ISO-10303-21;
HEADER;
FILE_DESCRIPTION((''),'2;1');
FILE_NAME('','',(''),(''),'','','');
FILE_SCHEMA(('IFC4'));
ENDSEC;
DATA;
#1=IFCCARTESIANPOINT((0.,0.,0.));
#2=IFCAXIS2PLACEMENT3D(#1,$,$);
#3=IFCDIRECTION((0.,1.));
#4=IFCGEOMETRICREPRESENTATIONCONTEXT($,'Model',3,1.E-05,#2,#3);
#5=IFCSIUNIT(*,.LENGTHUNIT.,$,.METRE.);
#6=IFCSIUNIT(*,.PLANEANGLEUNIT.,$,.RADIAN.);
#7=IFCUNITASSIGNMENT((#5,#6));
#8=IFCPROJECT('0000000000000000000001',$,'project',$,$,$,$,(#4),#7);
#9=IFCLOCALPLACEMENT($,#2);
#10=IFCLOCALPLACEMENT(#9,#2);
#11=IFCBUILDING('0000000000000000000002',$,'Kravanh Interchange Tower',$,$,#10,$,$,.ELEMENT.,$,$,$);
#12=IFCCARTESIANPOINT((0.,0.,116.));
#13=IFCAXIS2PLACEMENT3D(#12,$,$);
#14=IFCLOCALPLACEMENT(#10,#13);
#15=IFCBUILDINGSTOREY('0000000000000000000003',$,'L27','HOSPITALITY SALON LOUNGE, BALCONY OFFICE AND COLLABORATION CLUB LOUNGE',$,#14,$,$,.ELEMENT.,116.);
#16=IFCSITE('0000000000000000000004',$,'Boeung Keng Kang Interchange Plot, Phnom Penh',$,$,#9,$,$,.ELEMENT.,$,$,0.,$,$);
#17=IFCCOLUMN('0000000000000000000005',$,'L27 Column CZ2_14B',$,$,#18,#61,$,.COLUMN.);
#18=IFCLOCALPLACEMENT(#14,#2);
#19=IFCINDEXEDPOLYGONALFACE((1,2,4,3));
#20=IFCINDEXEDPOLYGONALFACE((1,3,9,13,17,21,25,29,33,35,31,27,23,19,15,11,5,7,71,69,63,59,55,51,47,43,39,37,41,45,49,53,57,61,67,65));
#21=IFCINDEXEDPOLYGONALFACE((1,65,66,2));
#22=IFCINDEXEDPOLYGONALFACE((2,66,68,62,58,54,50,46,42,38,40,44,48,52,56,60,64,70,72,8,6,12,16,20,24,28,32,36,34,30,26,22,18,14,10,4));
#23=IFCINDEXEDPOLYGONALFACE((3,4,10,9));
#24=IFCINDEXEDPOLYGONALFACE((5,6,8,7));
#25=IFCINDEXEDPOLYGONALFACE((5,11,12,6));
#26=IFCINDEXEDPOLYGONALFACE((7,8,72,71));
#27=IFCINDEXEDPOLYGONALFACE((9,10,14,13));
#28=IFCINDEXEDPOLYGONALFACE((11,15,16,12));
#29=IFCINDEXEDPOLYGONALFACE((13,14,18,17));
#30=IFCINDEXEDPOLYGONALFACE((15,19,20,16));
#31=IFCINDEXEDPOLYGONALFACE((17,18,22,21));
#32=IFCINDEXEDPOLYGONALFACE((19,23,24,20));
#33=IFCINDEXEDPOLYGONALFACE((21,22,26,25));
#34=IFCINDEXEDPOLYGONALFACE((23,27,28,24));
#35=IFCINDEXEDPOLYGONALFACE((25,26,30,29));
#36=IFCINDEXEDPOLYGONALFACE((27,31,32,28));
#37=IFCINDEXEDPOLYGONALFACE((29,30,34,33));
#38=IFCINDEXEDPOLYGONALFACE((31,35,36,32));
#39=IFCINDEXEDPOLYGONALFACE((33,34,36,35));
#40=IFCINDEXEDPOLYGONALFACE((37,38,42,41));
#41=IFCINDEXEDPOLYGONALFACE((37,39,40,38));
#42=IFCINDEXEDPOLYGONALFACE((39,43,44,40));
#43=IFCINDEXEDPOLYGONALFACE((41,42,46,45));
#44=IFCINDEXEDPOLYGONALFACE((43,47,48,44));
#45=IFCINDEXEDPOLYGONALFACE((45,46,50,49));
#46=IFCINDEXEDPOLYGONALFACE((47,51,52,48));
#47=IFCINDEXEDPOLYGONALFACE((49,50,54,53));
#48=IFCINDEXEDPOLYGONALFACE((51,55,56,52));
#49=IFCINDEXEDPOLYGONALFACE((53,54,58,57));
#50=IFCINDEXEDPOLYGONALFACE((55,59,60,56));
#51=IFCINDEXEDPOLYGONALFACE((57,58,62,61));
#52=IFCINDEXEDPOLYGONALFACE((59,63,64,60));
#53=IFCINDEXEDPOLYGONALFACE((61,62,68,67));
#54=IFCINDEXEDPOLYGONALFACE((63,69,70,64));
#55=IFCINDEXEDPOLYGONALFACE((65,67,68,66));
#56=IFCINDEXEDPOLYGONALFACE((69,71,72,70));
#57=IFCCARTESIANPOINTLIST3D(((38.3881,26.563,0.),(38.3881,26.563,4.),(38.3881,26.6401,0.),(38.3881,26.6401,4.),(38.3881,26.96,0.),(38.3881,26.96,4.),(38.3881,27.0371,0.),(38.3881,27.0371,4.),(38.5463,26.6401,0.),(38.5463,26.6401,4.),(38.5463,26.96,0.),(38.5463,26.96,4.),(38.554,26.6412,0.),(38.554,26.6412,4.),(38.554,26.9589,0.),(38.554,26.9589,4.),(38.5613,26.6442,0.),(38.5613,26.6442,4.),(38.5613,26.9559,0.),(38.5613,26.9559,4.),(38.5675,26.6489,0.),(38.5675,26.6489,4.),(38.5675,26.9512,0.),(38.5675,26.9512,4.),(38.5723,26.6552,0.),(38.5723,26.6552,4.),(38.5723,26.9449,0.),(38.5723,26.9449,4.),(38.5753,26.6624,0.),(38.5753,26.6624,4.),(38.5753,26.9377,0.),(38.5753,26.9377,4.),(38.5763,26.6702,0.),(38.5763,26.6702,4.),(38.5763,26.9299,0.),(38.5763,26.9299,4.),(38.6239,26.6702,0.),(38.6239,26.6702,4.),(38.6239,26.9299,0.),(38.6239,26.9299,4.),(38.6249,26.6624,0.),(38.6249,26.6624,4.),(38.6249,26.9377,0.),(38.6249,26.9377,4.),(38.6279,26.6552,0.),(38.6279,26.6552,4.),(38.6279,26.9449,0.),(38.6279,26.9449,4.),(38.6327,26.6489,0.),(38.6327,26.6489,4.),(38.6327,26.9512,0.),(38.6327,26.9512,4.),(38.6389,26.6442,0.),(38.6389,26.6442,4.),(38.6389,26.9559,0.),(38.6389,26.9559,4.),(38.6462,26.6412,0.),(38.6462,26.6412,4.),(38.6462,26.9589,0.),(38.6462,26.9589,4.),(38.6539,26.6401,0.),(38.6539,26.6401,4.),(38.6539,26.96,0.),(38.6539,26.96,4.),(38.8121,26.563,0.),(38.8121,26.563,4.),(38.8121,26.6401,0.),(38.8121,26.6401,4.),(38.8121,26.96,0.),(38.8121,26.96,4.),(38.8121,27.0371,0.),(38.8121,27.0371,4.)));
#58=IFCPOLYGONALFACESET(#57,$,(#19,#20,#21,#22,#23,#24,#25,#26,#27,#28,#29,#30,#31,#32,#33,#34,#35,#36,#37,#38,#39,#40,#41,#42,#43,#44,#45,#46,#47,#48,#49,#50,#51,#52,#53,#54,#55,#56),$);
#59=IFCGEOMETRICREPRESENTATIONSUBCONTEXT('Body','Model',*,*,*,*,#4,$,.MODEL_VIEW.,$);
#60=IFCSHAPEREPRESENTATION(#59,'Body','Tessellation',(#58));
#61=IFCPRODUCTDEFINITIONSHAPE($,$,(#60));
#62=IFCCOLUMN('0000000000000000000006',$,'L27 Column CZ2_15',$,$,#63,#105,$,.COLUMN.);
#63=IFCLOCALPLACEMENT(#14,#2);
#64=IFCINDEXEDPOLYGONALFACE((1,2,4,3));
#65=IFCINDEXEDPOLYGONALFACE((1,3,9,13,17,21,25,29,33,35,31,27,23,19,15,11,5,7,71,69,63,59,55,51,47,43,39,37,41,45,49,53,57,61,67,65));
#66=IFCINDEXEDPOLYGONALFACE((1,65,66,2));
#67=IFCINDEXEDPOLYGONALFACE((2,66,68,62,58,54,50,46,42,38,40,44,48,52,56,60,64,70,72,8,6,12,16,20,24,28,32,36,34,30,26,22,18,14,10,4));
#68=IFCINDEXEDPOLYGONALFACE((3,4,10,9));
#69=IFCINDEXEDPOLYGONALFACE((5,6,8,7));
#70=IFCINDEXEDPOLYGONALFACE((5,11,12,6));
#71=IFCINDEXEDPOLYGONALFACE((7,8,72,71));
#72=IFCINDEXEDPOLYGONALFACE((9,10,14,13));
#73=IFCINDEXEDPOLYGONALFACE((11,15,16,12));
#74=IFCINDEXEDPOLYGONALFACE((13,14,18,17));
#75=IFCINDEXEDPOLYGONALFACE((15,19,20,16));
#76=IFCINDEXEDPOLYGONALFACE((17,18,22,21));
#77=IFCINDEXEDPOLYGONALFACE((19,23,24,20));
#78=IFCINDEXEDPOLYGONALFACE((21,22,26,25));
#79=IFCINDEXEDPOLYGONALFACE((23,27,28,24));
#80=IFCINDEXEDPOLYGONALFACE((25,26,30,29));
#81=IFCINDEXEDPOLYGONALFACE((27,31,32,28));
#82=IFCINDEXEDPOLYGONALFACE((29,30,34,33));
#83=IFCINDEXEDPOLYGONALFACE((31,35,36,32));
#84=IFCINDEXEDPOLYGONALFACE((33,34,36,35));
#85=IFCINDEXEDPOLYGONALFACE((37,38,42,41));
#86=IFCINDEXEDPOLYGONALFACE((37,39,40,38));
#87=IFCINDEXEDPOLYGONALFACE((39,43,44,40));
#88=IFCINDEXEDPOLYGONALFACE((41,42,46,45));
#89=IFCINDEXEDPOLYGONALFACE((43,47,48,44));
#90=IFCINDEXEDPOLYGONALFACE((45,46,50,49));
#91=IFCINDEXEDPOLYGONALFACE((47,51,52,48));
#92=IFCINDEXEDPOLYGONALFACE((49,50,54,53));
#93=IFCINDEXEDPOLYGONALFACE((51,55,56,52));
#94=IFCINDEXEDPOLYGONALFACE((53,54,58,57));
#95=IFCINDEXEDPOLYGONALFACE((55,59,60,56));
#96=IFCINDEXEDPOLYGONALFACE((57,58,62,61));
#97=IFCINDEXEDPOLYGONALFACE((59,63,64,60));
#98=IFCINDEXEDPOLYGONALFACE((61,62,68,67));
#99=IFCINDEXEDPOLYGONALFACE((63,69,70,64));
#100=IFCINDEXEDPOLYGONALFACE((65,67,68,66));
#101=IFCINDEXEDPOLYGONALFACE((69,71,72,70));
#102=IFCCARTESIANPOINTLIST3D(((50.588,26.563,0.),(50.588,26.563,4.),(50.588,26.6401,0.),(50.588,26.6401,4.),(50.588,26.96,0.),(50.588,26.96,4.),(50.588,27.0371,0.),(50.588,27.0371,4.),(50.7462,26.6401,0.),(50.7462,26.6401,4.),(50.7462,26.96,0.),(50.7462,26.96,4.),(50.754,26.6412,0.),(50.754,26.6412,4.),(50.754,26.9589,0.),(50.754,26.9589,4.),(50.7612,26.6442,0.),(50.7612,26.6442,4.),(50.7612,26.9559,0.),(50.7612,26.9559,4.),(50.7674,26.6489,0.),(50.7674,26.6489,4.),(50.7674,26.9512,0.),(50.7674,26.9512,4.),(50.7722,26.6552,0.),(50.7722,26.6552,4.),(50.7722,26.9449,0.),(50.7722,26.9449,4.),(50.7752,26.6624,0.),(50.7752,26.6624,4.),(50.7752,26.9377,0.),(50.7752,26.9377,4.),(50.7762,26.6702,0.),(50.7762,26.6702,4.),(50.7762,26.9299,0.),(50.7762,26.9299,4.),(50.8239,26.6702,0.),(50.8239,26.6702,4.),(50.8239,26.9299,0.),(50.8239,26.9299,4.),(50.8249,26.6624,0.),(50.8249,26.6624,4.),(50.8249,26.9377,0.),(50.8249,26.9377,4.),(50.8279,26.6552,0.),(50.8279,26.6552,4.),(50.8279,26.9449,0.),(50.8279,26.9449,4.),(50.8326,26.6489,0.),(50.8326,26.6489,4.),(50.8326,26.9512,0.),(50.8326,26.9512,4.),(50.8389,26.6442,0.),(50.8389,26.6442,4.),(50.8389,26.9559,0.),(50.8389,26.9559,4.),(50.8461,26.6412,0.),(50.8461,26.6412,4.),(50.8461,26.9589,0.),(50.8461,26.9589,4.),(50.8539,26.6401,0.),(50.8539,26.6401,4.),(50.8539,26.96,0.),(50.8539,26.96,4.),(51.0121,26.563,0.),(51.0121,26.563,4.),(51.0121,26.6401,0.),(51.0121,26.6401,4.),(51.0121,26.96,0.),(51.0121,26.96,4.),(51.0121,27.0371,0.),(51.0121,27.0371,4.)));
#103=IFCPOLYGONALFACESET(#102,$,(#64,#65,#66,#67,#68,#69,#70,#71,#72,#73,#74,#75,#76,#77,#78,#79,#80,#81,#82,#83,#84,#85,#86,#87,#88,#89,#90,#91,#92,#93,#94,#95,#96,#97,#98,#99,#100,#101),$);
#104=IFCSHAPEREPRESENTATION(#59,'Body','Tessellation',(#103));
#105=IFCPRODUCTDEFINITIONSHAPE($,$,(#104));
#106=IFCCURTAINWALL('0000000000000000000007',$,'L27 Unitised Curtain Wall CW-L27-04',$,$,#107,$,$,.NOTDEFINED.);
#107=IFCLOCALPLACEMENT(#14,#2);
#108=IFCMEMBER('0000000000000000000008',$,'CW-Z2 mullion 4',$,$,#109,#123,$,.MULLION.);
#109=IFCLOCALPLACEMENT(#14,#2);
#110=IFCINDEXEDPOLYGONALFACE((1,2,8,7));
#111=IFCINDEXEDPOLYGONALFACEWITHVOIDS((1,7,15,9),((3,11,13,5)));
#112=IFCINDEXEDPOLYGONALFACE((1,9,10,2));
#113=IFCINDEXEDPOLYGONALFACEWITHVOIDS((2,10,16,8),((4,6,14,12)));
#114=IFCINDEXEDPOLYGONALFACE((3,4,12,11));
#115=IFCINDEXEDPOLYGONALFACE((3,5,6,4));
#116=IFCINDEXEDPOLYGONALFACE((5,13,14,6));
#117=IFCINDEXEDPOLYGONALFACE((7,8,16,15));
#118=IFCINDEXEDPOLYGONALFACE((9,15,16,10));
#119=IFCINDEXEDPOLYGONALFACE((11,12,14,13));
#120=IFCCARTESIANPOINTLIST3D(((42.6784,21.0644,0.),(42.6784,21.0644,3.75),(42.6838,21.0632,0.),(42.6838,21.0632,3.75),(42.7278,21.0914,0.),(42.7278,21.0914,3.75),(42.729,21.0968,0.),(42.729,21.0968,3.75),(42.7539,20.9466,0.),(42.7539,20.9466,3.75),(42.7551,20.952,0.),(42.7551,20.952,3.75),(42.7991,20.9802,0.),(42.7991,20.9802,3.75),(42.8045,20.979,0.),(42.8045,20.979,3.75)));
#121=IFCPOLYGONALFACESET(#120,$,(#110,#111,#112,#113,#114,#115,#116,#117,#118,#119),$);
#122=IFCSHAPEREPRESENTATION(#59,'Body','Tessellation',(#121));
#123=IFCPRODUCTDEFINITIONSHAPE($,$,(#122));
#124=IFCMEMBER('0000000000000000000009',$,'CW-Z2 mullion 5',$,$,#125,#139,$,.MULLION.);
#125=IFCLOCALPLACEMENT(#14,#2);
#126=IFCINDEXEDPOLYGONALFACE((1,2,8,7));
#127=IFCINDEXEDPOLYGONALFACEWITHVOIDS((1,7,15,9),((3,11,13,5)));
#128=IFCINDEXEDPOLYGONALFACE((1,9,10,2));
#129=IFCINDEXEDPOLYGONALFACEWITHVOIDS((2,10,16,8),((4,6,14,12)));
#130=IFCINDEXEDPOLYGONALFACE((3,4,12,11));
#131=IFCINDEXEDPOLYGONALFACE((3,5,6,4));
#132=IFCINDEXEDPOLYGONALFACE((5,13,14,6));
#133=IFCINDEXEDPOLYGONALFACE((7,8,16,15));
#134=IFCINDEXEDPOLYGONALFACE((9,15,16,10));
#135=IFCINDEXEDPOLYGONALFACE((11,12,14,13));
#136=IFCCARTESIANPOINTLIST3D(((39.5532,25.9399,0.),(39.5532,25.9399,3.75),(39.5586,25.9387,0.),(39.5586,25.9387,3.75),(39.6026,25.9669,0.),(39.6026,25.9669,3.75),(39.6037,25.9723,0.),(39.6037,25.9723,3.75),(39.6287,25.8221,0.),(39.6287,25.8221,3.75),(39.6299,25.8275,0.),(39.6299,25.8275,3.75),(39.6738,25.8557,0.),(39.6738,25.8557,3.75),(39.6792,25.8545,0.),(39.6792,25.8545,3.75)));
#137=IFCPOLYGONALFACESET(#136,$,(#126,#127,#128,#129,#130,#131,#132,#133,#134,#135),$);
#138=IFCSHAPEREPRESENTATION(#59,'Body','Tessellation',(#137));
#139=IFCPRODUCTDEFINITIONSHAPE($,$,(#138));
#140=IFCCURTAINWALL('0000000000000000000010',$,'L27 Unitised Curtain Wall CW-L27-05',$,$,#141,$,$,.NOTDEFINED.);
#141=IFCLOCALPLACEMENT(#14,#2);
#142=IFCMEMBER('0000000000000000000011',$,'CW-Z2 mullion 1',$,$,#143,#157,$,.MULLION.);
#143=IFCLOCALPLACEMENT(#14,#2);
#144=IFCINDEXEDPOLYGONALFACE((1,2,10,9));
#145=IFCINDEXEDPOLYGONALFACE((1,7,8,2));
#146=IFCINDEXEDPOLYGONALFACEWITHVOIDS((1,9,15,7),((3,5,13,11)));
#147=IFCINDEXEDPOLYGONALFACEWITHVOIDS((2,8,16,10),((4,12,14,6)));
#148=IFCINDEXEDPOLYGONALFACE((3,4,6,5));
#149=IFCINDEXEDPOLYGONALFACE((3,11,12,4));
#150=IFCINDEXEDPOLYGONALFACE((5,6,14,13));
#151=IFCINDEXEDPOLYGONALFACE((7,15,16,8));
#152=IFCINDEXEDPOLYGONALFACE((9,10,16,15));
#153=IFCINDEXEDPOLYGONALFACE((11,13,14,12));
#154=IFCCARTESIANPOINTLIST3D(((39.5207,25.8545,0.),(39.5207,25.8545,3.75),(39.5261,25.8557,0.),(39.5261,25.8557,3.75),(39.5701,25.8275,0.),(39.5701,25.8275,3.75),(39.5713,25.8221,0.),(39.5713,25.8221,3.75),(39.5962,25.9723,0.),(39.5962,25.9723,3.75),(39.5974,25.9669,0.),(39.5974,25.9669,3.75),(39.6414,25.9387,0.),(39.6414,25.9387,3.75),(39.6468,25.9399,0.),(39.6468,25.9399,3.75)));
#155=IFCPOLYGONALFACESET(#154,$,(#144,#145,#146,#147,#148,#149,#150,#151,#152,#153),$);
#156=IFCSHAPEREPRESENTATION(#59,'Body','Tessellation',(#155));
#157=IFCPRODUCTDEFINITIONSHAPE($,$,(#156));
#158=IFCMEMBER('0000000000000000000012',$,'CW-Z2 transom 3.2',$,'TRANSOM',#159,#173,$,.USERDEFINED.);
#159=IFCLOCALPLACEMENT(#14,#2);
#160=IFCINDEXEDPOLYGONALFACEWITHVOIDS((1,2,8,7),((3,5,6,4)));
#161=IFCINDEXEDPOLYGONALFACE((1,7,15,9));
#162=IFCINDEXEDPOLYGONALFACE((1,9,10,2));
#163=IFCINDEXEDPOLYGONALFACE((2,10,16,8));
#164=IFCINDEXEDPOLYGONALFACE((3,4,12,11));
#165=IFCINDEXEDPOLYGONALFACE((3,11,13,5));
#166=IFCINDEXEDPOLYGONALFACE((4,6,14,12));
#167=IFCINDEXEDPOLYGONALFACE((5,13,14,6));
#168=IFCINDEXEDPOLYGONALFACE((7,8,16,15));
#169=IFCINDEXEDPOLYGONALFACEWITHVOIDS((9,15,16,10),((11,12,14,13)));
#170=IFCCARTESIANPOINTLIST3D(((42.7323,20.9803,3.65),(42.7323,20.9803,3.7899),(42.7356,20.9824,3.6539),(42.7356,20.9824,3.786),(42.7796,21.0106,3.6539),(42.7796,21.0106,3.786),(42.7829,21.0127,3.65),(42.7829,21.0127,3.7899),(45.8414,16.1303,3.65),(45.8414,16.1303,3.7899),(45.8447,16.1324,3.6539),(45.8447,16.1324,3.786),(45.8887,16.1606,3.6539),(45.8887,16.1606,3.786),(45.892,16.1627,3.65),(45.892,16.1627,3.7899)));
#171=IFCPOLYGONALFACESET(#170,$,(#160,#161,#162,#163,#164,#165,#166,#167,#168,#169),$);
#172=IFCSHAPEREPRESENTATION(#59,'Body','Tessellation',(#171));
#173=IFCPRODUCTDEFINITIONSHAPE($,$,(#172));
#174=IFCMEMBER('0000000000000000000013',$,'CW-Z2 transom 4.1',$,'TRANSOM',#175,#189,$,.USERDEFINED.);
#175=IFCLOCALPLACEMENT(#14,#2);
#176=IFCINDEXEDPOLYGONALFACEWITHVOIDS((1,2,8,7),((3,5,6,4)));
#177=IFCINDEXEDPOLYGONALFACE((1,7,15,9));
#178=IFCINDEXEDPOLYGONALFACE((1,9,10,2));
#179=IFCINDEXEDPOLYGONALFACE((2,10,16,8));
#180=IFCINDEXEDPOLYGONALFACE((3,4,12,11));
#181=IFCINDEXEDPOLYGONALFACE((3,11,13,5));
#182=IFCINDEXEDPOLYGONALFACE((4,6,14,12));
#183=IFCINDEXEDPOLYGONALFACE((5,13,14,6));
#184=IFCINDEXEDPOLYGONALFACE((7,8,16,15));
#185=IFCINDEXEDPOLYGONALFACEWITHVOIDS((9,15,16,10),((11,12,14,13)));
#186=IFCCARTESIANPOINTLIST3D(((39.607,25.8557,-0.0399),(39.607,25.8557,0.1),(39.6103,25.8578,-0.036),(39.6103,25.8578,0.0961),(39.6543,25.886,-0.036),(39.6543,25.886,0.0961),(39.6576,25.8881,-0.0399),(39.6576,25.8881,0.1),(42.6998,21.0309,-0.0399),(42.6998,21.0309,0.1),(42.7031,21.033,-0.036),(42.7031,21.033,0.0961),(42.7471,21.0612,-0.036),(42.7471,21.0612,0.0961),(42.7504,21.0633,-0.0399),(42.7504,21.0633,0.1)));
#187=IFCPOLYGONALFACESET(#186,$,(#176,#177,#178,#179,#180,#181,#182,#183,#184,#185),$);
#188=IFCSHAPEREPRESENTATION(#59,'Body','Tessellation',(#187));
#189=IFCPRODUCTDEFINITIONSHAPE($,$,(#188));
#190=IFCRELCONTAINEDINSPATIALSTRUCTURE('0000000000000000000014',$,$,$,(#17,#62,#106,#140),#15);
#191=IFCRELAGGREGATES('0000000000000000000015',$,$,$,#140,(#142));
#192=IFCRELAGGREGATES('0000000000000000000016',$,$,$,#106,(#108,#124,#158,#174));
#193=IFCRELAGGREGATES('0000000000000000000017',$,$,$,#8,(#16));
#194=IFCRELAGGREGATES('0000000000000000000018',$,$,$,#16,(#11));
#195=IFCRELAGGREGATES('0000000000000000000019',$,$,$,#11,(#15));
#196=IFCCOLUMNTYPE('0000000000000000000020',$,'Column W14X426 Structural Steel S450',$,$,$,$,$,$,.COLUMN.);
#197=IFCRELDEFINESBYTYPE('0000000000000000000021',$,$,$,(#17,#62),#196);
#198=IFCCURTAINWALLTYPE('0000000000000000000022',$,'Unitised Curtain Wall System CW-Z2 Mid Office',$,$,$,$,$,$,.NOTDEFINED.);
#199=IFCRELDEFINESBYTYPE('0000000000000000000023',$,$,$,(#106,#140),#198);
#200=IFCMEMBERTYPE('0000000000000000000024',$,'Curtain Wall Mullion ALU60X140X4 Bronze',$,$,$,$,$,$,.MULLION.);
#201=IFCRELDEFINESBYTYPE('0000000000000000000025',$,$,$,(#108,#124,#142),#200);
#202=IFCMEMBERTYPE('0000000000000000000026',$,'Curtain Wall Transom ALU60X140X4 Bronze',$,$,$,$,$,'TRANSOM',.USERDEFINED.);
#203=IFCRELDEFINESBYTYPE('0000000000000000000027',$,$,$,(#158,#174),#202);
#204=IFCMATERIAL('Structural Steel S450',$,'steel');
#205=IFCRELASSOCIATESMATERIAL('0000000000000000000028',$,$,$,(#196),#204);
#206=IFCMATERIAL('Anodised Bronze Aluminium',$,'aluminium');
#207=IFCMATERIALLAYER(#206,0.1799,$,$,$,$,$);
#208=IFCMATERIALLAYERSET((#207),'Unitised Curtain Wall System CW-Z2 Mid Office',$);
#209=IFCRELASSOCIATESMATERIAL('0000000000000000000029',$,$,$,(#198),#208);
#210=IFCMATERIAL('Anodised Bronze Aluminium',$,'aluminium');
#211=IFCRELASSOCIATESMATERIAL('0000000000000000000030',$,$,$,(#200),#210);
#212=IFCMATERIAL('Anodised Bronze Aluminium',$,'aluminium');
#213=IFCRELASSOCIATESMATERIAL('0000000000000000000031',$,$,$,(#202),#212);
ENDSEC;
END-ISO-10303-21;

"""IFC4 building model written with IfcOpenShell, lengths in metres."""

from ifc_helpers import new_model, si_unit, direction, frame, origin, origin_2d, place, context, subcontext, project, spatial, hollow_rectangle, i_section, extrude, material, layer, layer_set, material_profile, profile_set, type_object, element, aggregate, save


model = new_model("IFC4")

# Units and contexts
model_context = context("Model", 3, precision=1e-05, world=origin(), true_north=direction((0.0, 1.0)))
body_context = subcontext(model_context, "Body", "Model", "MODEL_VIEW")
ifc_project = project(units=[si_unit("LENGTHUNIT", "METRE"), si_unit("PLANEANGLEUNIT", "RADIAN")], contexts=[model_context])

# Site, building, storey
site_placement = place(None, origin())
site = spatial("IfcSite", under=ifc_project, at=site_placement, Name="Boeung Keng Kang Interchange Plot, Phnom Penh", CompositionType="ELEMENT", RefElevation=0.0)
building_placement = place(site_placement, origin())
building = spatial("IfcBuilding", under=site, at=building_placement, Name="Kravanh Interchange Tower", CompositionType="ELEMENT")
storey_placement = place(building_placement, frame((0.0, 0.0, 116.0)))
storey = spatial("IfcBuildingStorey", under=building, at=storey_placement, Name="L27", Description="HOSPITALITY SALON LOUNGE, BALCONY OFFICE AND COLLABORATION CLUB LOUNGE", CompositionType="ELEMENT", Elevation=116.0)

# Columns
ifc_material_1 = material(Name="Structural Steel S450", Category="steel")
ifc_material_profile_1 = material_profile(ifc_material_1, i_section(OverallWidth=0.4241, OverallDepth=0.4741, WebThickness=0.0476, FlangeThickness=0.0771, FilletRadius=0.03, at=origin_2d()), Name="W14X426")
ifc_profile_set_1 = profile_set([ifc_material_profile_1], Name="Structural Steel S450")
column_type = type_object("IfcColumnType", Name="Column W14X426 Structural Steel S450", PredefinedType="COLUMN", material=ifc_profile_set_1)
for number, where, z_axis, x_axis, name in (
    (1, (38.6001, 26.8, 0.0), (0.0, 0.0, 1.0), (1.0, 0.0, 0.0), "L27 Column CZ2_14B"),
    (2, (50.8, 26.8, 0.0), (0.0, 0.0, 1.0), (1.0, 0.0, 0.0), "L27 Column CZ2_15"),
):
    element("IfcColumn", number, at=place(storey_placement, frame(where, z_axis=z_axis, x_axis=x_axis)), inside=storey, type_object=column_type, Name=name, PredefinedType="COLUMN", context=body_context, shape_type="SweptSolid", body=[
        extrude(i_section(OverallWidth=0.4241, OverallDepth=0.4741, WebThickness=0.0476, FlangeThickness=0.0771, FilletRadius=0.03, at=origin_2d()), origin(), (0.0, 0.0, 1.0), 4.0),
    ])

# Curtain wall, members
ifc_material_2 = material(Name="Anodised Bronze Aluminium", Category="aluminium")
ifc_layer_1 = layer(ifc_material_2, 0.1799)
ifc_layer_set_1 = layer_set([ifc_layer_1], Name="Unitised Curtain Wall System CW-Z2 Mid Office")
curtain_wall_type = type_object("IfcCurtainWallType", Name="Unitised Curtain Wall System CW-Z2 Mid Office", PredefinedType="NOTDEFINED", material=ifc_layer_set_1)
curtain_wall_1_placement = place(storey_placement, origin())
curtain_wall_1 = element("IfcCurtainWall", 3, at=curtain_wall_1_placement, inside=storey, type_object=curtain_wall_type, Name="L27 Unitised Curtain Wall CW-L27-04", PredefinedType="NOTDEFINED")
ifc_material_3 = material(Name="Anodised Bronze Aluminium", Category="aluminium")
ifc_material_profile_2 = material_profile(ifc_material_3, hollow_rectangle(XDim=0.0601, YDim=0.1399, WallThickness=0.0039, at=origin_2d()), Name="ALU60X140X4")
ifc_profile_set_2 = profile_set([ifc_material_profile_2], Name="Anodised Bronze Aluminium")
member_type_1 = type_object("IfcMemberType", Name="Curtain Wall Mullion ALU60X140X4 Bronze", PredefinedType="MULLION", material=ifc_profile_set_2)
member_1_placement = place(storey_placement, frame((42.7415, 21.0217, 0.0), z_axis=(0.0, 0.0, 1.0), x_axis=(-0.84188, -0.539665, 0.0)))
member_1 = element("IfcMember", 4, at=member_1_placement, type_object=member_type_1, Name="CW-Z2 mullion 4", PredefinedType="MULLION", context=body_context, shape_type="SweptSolid", body=[
    extrude(hollow_rectangle(XDim=0.0601, YDim=0.1399, WallThickness=0.0039, at=origin_2d()), origin(), (0.0, 0.0, 1.0), 3.75),
])
member_2_placement = place(storey_placement, frame((39.6162, 25.8972, 0.0), z_axis=(0.0, 0.0, 1.0), x_axis=(-0.84188, -0.539665, 0.0)))
member_2 = element("IfcMember", 5, at=member_2_placement, type_object=member_type_1, Name="CW-Z2 mullion 5", PredefinedType="MULLION", context=body_context, shape_type="SweptSolid", body=[
    extrude(hollow_rectangle(XDim=0.0601, YDim=0.1399, WallThickness=0.0039, at=origin_2d()), origin(), (0.0, 0.0, 1.0), 3.75),
])

# Curtain wall, member
curtain_wall_2_placement = place(storey_placement, origin())
curtain_wall_2 = element("IfcCurtainWall", 6, at=curtain_wall_2_placement, inside=storey, type_object=curtain_wall_type, Name="L27 Unitised Curtain Wall CW-L27-05", PredefinedType="NOTDEFINED")
member_3_placement = place(storey_placement, frame((39.5837, 25.8972, 0.0), z_axis=(0.0, 0.0, 1.0), x_axis=(0.84188, -0.539665, 0.0)))
member_3 = element("IfcMember", 7, at=member_3_placement, type_object=member_type_1, Name="CW-Z2 mullion 1", PredefinedType="MULLION", context=body_context, shape_type="SweptSolid", body=[
    extrude(hollow_rectangle(XDim=0.0601, YDim=0.1399, WallThickness=0.0039, at=origin_2d()), origin(), (0.0, 0.0, 1.0), 3.75),
])

# Members
ifc_material_4 = material(Name="Anodised Bronze Aluminium", Category="aluminium")
ifc_material_profile_3 = material_profile(ifc_material_4, hollow_rectangle(XDim=0.0601, YDim=0.1399, WallThickness=0.0039, at=origin_2d()), Name="ALU60X140X4")
ifc_profile_set_3 = profile_set([ifc_material_profile_3], Name="Anodised Bronze Aluminium")
member_type_2 = type_object("IfcMemberType", Name="Curtain Wall Transom ALU60X140X4 Bronze", ElementType="TRANSOM", PredefinedType="USERDEFINED", material=ifc_profile_set_3)
member_4_placement = place(storey_placement, frame((45.8667, 16.1465, 3.72), z_axis=(-0.539678, 0.841872, 0.0), x_axis=(-0.841872, -0.539678, 0.0)))
member_4 = element("IfcMember", 8, at=member_4_placement, type_object=member_type_2, Name="CW-Z2 transom 3.2", ObjectType="TRANSOM", PredefinedType="USERDEFINED", context=body_context, shape_type="SweptSolid", body=[
    extrude(hollow_rectangle(XDim=0.0601, YDim=0.1399, WallThickness=0.0039, at=origin_2d()), origin(), (0.0, 0.0, 1.0), 5.761),
])
member_5_placement = place(storey_placement, frame((42.7251, 21.0471, 0.03), z_axis=(-0.539668, 0.841878, 0.0), x_axis=(-0.841878, -0.539668, 0.0)))
member_5 = element("IfcMember", 9, at=member_5_placement, type_object=member_type_2, Name="CW-Z2 transom 4.1", ObjectType="TRANSOM", PredefinedType="USERDEFINED", context=body_context, shape_type="SweptSolid", body=[
    extrude(hollow_rectangle(XDim=0.0601, YDim=0.1399, WallThickness=0.0039, at=origin_2d()), origin(), (0.0, 0.0, 1.0), 5.731),
])
aggregate(curtain_wall_2, [member_3])

aggregate(curtain_wall_1, [member_1, member_2, member_4, member_5])

save(model, "model.ifc")
